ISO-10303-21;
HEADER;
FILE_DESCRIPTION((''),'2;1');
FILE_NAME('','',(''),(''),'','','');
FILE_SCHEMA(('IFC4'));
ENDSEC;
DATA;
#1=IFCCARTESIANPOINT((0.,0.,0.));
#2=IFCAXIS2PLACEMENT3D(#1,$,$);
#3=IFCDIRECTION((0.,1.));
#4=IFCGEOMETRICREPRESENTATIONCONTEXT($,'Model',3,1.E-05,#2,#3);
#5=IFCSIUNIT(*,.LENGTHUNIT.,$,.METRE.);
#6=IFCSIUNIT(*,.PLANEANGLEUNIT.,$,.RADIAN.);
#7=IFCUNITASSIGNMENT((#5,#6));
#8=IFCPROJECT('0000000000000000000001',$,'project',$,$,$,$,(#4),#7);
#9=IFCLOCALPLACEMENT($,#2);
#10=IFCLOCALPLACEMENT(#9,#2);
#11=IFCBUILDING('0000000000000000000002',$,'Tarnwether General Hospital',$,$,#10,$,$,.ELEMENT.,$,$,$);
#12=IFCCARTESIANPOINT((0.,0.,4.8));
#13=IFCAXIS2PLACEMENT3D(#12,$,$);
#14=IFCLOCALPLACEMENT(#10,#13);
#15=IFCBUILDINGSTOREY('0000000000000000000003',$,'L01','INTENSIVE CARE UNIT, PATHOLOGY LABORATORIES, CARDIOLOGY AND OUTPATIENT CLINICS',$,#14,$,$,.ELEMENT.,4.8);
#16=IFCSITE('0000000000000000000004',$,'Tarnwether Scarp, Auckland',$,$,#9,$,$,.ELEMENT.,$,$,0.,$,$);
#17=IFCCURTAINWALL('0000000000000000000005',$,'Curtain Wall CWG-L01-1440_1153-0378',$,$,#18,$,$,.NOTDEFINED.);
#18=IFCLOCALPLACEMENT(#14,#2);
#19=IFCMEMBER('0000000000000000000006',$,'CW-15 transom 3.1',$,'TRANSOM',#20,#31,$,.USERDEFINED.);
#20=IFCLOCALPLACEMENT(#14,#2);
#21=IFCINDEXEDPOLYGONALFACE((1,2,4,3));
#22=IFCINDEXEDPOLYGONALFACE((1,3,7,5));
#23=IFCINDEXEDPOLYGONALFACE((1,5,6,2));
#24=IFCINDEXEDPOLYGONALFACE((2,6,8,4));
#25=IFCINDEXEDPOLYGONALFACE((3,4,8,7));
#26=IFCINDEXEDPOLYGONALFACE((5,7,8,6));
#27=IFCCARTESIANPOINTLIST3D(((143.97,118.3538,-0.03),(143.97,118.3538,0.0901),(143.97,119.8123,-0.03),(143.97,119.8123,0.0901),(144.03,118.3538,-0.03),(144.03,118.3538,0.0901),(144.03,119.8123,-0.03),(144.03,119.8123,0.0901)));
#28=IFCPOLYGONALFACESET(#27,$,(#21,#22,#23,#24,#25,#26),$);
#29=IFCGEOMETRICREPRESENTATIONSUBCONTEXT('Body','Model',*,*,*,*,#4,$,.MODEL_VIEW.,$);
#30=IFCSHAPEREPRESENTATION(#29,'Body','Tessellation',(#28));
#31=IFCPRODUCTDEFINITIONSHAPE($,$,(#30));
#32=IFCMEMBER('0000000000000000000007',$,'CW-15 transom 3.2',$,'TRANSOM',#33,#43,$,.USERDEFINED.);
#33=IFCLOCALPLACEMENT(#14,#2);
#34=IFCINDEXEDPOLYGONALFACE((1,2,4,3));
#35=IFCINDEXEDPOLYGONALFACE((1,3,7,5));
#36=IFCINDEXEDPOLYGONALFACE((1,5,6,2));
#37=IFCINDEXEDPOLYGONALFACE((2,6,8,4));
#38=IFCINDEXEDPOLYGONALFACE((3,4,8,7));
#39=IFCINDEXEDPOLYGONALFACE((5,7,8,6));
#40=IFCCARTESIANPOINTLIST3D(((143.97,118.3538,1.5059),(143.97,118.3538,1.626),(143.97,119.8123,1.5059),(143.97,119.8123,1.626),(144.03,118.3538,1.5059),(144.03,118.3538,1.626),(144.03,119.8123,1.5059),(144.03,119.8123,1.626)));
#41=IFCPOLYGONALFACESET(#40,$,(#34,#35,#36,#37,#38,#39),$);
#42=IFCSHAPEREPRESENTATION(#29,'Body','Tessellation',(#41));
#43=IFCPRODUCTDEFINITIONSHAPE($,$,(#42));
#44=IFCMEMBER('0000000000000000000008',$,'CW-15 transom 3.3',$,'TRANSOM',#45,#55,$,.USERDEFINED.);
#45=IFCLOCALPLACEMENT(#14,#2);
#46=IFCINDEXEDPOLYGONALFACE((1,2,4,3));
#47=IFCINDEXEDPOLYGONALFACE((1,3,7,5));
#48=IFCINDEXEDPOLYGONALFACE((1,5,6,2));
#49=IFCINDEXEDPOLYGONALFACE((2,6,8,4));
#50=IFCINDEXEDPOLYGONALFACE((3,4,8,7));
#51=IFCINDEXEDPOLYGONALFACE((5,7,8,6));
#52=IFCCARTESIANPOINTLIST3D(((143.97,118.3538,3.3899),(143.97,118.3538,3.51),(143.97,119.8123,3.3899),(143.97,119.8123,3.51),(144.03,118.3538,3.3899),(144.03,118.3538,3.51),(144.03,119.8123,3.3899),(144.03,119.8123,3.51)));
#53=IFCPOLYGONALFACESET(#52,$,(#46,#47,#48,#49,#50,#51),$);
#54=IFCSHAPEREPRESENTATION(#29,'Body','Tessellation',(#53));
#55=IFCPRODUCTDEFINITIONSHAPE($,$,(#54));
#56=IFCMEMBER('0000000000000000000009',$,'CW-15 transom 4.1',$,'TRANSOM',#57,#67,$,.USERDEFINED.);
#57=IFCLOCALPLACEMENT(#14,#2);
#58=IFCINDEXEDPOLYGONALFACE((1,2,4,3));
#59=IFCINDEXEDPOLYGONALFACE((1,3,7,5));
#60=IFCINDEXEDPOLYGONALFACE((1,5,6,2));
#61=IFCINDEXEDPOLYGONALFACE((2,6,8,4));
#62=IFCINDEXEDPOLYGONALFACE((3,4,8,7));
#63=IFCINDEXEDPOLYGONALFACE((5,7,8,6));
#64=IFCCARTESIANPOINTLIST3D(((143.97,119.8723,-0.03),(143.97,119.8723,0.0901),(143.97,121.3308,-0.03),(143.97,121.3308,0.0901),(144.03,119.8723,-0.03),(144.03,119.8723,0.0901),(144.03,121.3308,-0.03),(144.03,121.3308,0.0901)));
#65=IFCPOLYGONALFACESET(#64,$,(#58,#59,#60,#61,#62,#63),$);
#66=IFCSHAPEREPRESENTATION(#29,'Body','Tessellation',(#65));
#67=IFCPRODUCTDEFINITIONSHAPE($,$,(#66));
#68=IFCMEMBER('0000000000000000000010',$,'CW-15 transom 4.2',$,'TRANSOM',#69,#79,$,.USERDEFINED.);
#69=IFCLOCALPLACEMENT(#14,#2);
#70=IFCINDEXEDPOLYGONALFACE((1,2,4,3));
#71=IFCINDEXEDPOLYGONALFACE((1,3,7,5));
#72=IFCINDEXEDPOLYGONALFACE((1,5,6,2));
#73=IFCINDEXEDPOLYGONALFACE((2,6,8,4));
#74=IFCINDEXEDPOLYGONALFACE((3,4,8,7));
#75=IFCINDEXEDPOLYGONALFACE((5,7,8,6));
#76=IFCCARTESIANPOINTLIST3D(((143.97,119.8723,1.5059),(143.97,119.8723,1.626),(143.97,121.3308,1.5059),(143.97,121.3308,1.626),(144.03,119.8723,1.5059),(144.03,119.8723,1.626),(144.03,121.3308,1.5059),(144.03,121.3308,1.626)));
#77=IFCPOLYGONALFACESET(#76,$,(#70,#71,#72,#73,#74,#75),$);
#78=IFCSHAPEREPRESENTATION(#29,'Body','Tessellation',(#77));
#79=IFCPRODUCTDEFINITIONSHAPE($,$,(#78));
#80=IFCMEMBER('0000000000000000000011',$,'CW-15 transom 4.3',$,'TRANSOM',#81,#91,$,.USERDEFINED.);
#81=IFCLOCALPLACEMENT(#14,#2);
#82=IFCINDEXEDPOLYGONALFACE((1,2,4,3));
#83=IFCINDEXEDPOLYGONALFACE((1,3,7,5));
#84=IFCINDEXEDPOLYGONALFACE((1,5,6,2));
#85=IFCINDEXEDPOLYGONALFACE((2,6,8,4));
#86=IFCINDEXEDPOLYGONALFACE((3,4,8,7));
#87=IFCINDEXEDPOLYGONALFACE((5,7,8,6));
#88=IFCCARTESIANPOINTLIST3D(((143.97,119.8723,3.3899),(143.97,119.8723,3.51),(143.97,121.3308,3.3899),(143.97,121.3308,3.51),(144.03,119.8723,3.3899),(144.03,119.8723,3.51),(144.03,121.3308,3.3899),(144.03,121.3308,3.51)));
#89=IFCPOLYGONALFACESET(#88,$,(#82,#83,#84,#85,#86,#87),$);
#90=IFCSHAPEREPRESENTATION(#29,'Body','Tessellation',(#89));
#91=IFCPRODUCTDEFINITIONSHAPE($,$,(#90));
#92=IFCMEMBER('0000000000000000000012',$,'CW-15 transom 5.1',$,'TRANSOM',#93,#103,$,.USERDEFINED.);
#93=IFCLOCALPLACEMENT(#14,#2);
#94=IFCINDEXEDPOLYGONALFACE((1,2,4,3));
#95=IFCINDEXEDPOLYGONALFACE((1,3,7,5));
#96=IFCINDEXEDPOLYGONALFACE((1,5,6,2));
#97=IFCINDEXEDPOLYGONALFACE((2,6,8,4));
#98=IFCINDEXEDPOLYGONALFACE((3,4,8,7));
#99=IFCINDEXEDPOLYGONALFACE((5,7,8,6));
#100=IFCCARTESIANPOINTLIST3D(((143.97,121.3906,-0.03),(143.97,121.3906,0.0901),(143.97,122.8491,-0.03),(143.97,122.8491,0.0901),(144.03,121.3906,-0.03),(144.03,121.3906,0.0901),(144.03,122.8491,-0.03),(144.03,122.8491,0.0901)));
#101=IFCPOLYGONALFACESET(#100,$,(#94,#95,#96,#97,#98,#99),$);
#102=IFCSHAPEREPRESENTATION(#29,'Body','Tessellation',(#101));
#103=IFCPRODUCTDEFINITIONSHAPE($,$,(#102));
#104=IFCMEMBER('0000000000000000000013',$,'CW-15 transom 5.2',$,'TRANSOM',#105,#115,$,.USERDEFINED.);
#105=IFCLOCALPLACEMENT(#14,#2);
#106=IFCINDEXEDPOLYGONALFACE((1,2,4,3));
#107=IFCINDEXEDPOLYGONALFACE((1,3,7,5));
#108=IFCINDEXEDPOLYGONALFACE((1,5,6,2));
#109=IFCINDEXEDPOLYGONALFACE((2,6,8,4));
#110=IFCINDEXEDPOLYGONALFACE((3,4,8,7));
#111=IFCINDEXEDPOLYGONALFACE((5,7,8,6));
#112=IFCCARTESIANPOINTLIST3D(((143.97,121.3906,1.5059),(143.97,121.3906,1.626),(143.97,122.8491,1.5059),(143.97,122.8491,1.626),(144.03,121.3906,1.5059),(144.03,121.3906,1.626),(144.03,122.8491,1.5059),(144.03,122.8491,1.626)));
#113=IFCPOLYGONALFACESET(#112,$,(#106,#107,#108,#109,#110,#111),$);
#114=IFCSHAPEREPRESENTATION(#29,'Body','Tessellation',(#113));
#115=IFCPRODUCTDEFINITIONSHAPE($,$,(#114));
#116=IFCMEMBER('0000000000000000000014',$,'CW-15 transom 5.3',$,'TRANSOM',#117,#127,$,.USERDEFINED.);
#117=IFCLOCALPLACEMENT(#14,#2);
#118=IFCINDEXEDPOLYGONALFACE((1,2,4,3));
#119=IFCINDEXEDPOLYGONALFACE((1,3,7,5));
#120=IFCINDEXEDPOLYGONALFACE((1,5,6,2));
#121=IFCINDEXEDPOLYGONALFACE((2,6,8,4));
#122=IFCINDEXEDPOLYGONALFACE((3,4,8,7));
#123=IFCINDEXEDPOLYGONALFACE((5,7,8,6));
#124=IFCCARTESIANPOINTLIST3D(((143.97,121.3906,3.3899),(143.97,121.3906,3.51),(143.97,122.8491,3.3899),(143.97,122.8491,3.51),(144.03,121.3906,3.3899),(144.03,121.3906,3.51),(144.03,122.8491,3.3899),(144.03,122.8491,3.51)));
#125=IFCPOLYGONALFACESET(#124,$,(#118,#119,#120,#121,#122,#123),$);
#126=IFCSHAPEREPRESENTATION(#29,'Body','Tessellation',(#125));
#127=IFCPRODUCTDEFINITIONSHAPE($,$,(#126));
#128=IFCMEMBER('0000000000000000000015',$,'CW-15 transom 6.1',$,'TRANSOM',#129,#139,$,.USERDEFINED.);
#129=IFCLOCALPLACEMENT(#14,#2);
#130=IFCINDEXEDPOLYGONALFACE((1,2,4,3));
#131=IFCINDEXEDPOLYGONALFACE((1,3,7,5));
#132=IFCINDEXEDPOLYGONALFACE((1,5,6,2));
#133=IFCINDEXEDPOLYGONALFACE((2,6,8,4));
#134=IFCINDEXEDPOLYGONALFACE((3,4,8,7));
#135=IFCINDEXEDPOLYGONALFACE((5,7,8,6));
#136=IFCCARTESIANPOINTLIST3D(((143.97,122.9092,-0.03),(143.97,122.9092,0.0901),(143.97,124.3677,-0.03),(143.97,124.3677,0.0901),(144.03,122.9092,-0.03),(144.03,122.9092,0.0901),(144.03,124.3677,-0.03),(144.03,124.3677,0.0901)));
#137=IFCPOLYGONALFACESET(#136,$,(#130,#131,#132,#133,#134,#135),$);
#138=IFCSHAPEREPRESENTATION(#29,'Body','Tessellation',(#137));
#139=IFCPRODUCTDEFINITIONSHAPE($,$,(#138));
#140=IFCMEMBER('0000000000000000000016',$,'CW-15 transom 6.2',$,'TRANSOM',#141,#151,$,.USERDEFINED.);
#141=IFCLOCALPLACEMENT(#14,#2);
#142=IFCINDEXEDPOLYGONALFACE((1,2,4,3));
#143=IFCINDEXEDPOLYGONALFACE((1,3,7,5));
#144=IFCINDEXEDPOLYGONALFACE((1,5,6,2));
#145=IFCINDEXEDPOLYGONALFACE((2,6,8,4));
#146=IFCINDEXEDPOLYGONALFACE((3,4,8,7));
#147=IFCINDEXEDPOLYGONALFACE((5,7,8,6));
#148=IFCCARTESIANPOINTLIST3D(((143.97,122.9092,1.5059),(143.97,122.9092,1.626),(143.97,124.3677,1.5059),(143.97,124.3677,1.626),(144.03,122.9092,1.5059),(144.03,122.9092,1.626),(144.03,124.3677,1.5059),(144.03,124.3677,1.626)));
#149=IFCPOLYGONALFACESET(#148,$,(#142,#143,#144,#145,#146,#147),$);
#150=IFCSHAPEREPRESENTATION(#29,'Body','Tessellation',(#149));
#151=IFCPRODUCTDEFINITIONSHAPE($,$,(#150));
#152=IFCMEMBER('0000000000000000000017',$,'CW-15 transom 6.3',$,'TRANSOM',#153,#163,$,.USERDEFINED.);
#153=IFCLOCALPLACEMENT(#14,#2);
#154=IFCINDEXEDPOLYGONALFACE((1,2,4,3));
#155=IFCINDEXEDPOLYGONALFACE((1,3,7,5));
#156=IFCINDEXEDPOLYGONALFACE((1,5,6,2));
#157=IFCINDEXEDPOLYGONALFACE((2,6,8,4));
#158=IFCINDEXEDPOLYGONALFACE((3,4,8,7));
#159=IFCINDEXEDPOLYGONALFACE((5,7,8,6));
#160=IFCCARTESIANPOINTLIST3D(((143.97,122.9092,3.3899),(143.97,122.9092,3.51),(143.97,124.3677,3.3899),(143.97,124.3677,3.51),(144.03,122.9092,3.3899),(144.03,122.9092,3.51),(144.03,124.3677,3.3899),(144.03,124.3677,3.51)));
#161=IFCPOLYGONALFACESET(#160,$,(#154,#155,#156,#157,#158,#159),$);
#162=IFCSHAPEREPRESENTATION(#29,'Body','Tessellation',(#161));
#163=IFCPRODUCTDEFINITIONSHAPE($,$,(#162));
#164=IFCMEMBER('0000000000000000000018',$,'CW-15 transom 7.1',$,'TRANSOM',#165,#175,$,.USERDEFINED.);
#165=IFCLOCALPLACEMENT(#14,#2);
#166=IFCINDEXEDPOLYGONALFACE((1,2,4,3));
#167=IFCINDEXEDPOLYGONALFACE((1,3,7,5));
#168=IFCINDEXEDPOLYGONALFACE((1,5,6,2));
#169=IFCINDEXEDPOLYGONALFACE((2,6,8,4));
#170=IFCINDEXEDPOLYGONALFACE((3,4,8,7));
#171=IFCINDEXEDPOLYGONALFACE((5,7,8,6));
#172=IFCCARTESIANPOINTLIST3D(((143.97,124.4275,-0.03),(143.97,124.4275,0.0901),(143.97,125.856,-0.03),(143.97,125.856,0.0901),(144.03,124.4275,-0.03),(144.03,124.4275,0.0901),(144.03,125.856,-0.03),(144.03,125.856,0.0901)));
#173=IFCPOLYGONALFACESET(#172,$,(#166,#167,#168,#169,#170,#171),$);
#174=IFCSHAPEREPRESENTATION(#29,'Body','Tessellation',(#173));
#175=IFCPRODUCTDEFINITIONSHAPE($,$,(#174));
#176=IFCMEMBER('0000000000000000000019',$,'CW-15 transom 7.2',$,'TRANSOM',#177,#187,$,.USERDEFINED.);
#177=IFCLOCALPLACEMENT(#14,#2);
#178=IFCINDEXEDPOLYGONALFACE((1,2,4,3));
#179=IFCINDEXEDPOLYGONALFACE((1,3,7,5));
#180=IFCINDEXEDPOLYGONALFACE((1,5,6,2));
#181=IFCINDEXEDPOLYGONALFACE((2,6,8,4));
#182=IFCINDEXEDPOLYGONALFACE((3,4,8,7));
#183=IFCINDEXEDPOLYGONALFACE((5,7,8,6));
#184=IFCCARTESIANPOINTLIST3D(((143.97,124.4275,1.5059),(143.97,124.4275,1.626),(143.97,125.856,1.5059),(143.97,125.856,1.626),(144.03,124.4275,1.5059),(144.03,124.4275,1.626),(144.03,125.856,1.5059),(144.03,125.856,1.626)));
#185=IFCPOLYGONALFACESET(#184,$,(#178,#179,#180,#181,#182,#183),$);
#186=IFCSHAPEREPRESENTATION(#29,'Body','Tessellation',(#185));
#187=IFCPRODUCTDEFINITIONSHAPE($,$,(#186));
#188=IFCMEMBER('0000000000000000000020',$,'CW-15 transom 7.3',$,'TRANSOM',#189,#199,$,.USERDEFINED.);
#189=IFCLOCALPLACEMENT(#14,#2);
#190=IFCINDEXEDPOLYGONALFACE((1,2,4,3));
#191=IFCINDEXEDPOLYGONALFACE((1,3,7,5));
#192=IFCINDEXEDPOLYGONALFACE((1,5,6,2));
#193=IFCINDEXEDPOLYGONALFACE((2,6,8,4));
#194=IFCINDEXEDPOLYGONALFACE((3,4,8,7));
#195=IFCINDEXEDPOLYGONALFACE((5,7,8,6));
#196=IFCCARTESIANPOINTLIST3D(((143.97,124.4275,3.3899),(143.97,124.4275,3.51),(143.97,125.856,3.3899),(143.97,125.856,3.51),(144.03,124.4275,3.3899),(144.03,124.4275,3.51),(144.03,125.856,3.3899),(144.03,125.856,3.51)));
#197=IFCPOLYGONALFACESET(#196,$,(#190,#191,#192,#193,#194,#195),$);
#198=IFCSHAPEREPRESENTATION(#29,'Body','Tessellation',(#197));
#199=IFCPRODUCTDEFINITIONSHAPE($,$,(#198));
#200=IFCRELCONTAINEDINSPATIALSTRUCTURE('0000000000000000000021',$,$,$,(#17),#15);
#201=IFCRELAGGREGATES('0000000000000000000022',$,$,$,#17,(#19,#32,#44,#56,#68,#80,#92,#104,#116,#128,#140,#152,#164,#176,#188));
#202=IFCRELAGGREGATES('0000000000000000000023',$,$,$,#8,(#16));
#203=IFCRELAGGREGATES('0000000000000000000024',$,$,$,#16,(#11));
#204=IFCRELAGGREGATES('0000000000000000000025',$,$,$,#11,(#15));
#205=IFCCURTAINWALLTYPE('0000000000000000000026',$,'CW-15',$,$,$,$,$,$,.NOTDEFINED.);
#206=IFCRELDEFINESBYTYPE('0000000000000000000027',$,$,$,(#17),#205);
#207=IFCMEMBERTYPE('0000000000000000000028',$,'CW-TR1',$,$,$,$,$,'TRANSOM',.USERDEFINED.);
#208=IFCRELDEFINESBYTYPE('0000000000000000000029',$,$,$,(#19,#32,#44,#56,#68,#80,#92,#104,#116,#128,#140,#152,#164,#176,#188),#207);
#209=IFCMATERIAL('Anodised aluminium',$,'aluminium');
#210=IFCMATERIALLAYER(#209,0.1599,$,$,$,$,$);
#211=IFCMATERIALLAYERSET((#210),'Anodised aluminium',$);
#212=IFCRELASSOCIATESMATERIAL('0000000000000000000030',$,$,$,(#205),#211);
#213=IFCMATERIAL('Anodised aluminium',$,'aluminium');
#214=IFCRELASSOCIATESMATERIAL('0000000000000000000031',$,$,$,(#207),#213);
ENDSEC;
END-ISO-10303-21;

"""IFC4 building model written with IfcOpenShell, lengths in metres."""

from ifc_helpers import new_model, si_unit, direction, frame, origin, origin_2d, place, context, subcontext, project, spatial, rectangle, extrude, material, layer, layer_set, material_profile, profile_set, type_object, element, aggregate, save


model = new_model("IFC4")

# Units and contexts
model_context = context("Model", 3, precision=1e-05, world=origin(), true_north=direction((0.0, 1.0)))
body_context = subcontext(model_context, "Body", "Model", "MODEL_VIEW")
ifc_project = project(units=[si_unit("LENGTHUNIT", "METRE"), si_unit("PLANEANGLEUNIT", "RADIAN")], contexts=[model_context])

# Site, building, storey
site_placement = place(None, origin())
site = spatial("IfcSite", under=ifc_project, at=site_placement, Name="Tarnwether Scarp, Auckland", CompositionType="ELEMENT", RefElevation=0.0)
building_placement = place(site_placement, origin())
building = spatial("IfcBuilding", under=site, at=building_placement, Name="Tarnwether General Hospital", CompositionType="ELEMENT")
storey_placement = place(building_placement, frame((0.0, 0.0, 4.8)))
storey = spatial("IfcBuildingStorey", under=building, at=storey_placement, Name="L01", Description="INTENSIVE CARE UNIT, PATHOLOGY LABORATORIES, CARDIOLOGY AND OUTPATIENT CLINICS", CompositionType="ELEMENT", Elevation=4.8)

# Curtain wall
ifc_material_1 = material(Name="Anodised aluminium", Category="aluminium")
ifc_layer_1 = layer(ifc_material_1, 0.1599)
ifc_layer_set_1 = layer_set([ifc_layer_1], Name="Anodised aluminium")
curtain_wall_type_1 = type_object("IfcCurtainWallType", Name="CW-15", PredefinedType="NOTDEFINED", material=ifc_layer_set_1)
curtain_wall_1_placement = place(storey_placement, origin())
curtain_wall_1 = element("IfcCurtainWall", 1, at=curtain_wall_1_placement, inside=storey, type_object=curtain_wall_type_1, Name="Curtain Wall CWG-L01-1440_1153-0378", PredefinedType="NOTDEFINED")

# Members
ifc_material_2 = material(Name="Anodised aluminium", Category="aluminium")
ifc_material_profile_1 = material_profile(ifc_material_2, rectangle(XDim=0.0601, YDim=0.1201, at=origin_2d()), Name="ALU-TRN-60x120")
ifc_profile_set_1 = profile_set([ifc_material_profile_1], Name="Anodised aluminium")
member_type_1 = type_object("IfcMemberType", Name="CW-TR1", ElementType="TRANSOM", PredefinedType="USERDEFINED", material=ifc_profile_set_1)
member_1_placement = place(storey_placement, frame((144.0, 118.3538, 0.03), z_axis=(0.0, 1.0, 0.0), x_axis=(-1.0, 0.0, 0.0)))
member_1 = element("IfcMember", 2, at=member_1_placement, type_object=member_type_1, Name="CW-15 transom 3.1", ObjectType="TRANSOM", PredefinedType="USERDEFINED", context=body_context, shape_type="SweptSolid", body=[
    extrude(rectangle(XDim=0.0601, YDim=0.1201, at=origin_2d()), origin(), (0.0, 0.0, 1.0), 1.4585),
])
member_2_placement = place(storey_placement, frame((144.0, 118.3538, 1.5659), z_axis=(0.0, 1.0, 0.0), x_axis=(-1.0, 0.0, 0.0)))
member_2 = element("IfcMember", 3, at=member_2_placement, type_object=member_type_1, Name="CW-15 transom 3.2", ObjectType="TRANSOM", PredefinedType="USERDEFINED", context=body_context, shape_type="SweptSolid", body=[
    extrude(rectangle(XDim=0.0601, YDim=0.1201, at=origin_2d()), origin(), (0.0, 0.0, 1.0), 1.4585),
])
member_3_placement = place(storey_placement, frame((144.0, 118.3538, 3.45), z_axis=(0.0, 1.0, 0.0), x_axis=(-1.0, 0.0, 0.0)))
member_3 = element("IfcMember", 4, at=member_3_placement, type_object=member_type_1, Name="CW-15 transom 3.3", ObjectType="TRANSOM", PredefinedType="USERDEFINED", context=body_context, shape_type="SweptSolid", body=[
    extrude(rectangle(XDim=0.0601, YDim=0.1201, at=origin_2d()), origin(), (0.0, 0.0, 1.0), 1.4585),
])
member_4_placement = place(storey_placement, frame((144.0, 119.8723, 0.03), z_axis=(0.0, 1.0, 0.0), x_axis=(-1.0, 0.0, 0.0)))
member_4 = element("IfcMember", 5, at=member_4_placement, type_object=member_type_1, Name="CW-15 transom 4.1", ObjectType="TRANSOM", PredefinedType="USERDEFINED", context=body_context, shape_type="SweptSolid", body=[
    extrude(rectangle(XDim=0.0601, YDim=0.1201, at=origin_2d()), origin(), (0.0, 0.0, 1.0), 1.4585),
])
member_5_placement = place(storey_placement, frame((144.0, 119.8723, 1.5659), z_axis=(0.0, 1.0, 0.0), x_axis=(-1.0, 0.0, 0.0)))
member_5 = element("IfcMember", 6, at=member_5_placement, type_object=member_type_1, Name="CW-15 transom 4.2", ObjectType="TRANSOM", PredefinedType="USERDEFINED", context=body_context, shape_type="SweptSolid", body=[
    extrude(rectangle(XDim=0.0601, YDim=0.1201, at=origin_2d()), origin(), (0.0, 0.0, 1.0), 1.4585),
])
member_6_placement = place(storey_placement, frame((144.0, 119.8723, 3.45), z_axis=(0.0, 1.0, 0.0), x_axis=(-1.0, 0.0, 0.0)))
member_6 = element("IfcMember", 7, at=member_6_placement, type_object=member_type_1, Name="CW-15 transom 4.3", ObjectType="TRANSOM", PredefinedType="USERDEFINED", context=body_context, shape_type="SweptSolid", body=[
    extrude(rectangle(XDim=0.0601, YDim=0.1201, at=origin_2d()), origin(), (0.0, 0.0, 1.0), 1.4585),
])
member_7_placement = place(storey_placement, frame((144.0, 121.3906, 0.03), z_axis=(0.0, 1.0, 0.0), x_axis=(-1.0, 0.0, 0.0)))
member_7 = element("IfcMember", 8, at=member_7_placement, type_object=member_type_1, Name="CW-15 transom 5.1", ObjectType="TRANSOM", PredefinedType="USERDEFINED", context=body_context, shape_type="SweptSolid", body=[
    extrude(rectangle(XDim=0.0601, YDim=0.1201, at=origin_2d()), origin(), (0.0, 0.0, 1.0), 1.4585),
])
member_8_placement = place(storey_placement, frame((144.0, 121.3906, 1.5659), z_axis=(0.0, 1.0, 0.0), x_axis=(-1.0, 0.0, 0.0)))
member_8 = element("IfcMember", 9, at=member_8_placement, type_object=member_type_1, Name="CW-15 transom 5.2", ObjectType="TRANSOM", PredefinedType="USERDEFINED", context=body_context, shape_type="SweptSolid", body=[
    extrude(rectangle(XDim=0.0601, YDim=0.1201, at=origin_2d()), origin(), (0.0, 0.0, 1.0), 1.4585),
])
member_9_placement = place(storey_placement, frame((144.0, 121.3906, 3.45), z_axis=(0.0, 1.0, 0.0), x_axis=(-1.0, 0.0, 0.0)))
member_9 = element("IfcMember", 10, at=member_9_placement, type_object=member_type_1, Name="CW-15 transom 5.3", ObjectType="TRANSOM", PredefinedType="USERDEFINED", context=body_context, shape_type="SweptSolid", body=[
    extrude(rectangle(XDim=0.0601, YDim=0.1201, at=origin_2d()), origin(), (0.0, 0.0, 1.0), 1.4585),
])
member_10_placement = place(storey_placement, frame((144.0, 122.9092, 0.03), z_axis=(0.0, 1.0, 0.0), x_axis=(-1.0, 0.0, 0.0)))
member_10 = element("IfcMember", 11, at=member_10_placement, type_object=member_type_1, Name="CW-15 transom 6.1", ObjectType="TRANSOM", PredefinedType="USERDEFINED", context=body_context, shape_type="SweptSolid", body=[
    extrude(rectangle(XDim=0.0601, YDim=0.1201, at=origin_2d()), origin(), (0.0, 0.0, 1.0), 1.4585),
])
member_11_placement = place(storey_placement, frame((144.0, 122.9092, 1.5659), z_axis=(0.0, 1.0, 0.0), x_axis=(-1.0, 0.0, 0.0)))
member_11 = element("IfcMember", 12, at=member_11_placement, type_object=member_type_1, Name="CW-15 transom 6.2", ObjectType="TRANSOM", PredefinedType="USERDEFINED", context=body_context, shape_type="SweptSolid", body=[
    extrude(rectangle(XDim=0.0601, YDim=0.1201, at=origin_2d()), origin(), (0.0, 0.0, 1.0), 1.4585),
])
member_12_placement = place(storey_placement, frame((144.0, 122.9092, 3.45), z_axis=(0.0, 1.0, 0.0), x_axis=(-1.0, 0.0, 0.0)))
member_12 = element("IfcMember", 13, at=member_12_placement, type_object=member_type_1, Name="CW-15 transom 6.3", ObjectType="TRANSOM", PredefinedType="USERDEFINED", context=body_context, shape_type="SweptSolid", body=[
    extrude(rectangle(XDim=0.0601, YDim=0.1201, at=origin_2d()), origin(), (0.0, 0.0, 1.0), 1.4585),
])
member_13_placement = place(storey_placement, frame((144.0, 124.4275, 0.03), z_axis=(0.0, 1.0, 0.0), x_axis=(-1.0, 0.0, 0.0)))
member_13 = element("IfcMember", 14, at=member_13_placement, type_object=member_type_1, Name="CW-15 transom 7.1", ObjectType="TRANSOM", PredefinedType="USERDEFINED", context=body_context, shape_type="SweptSolid", body=[
    extrude(rectangle(XDim=0.0601, YDim=0.1201, at=origin_2d()), origin(), (0.0, 0.0, 1.0), 1.4285),
])
member_14_placement = place(storey_placement, frame((144.0, 124.4275, 1.5659), z_axis=(0.0, 1.0, 0.0), x_axis=(-1.0, 0.0, 0.0)))
member_14 = element("IfcMember", 15, at=member_14_placement, type_object=member_type_1, Name="CW-15 transom 7.2", ObjectType="TRANSOM", PredefinedType="USERDEFINED", context=body_context, shape_type="SweptSolid", body=[
    extrude(rectangle(XDim=0.0601, YDim=0.1201, at=origin_2d()), origin(), (0.0, 0.0, 1.0), 1.4285),
])
member_15_placement = place(storey_placement, frame((144.0, 124.4275, 3.45), z_axis=(0.0, 1.0, 0.0), x_axis=(-1.0, 0.0, 0.0)))
member_15 = element("IfcMember", 16, at=member_15_placement, type_object=member_type_1, Name="CW-15 transom 7.3", ObjectType="TRANSOM", PredefinedType="USERDEFINED", context=body_context, shape_type="SweptSolid", body=[
    extrude(rectangle(XDim=0.0601, YDim=0.1201, at=origin_2d()), origin(), (0.0, 0.0, 1.0), 1.4285),
])

aggregate(curtain_wall_1, [member_1, member_2, member_3, member_4, member_5, member_6, member_7, member_8, member_9, member_10, member_11, member_12, member_13, member_14, member_15])

save(model, "model.ifc")
